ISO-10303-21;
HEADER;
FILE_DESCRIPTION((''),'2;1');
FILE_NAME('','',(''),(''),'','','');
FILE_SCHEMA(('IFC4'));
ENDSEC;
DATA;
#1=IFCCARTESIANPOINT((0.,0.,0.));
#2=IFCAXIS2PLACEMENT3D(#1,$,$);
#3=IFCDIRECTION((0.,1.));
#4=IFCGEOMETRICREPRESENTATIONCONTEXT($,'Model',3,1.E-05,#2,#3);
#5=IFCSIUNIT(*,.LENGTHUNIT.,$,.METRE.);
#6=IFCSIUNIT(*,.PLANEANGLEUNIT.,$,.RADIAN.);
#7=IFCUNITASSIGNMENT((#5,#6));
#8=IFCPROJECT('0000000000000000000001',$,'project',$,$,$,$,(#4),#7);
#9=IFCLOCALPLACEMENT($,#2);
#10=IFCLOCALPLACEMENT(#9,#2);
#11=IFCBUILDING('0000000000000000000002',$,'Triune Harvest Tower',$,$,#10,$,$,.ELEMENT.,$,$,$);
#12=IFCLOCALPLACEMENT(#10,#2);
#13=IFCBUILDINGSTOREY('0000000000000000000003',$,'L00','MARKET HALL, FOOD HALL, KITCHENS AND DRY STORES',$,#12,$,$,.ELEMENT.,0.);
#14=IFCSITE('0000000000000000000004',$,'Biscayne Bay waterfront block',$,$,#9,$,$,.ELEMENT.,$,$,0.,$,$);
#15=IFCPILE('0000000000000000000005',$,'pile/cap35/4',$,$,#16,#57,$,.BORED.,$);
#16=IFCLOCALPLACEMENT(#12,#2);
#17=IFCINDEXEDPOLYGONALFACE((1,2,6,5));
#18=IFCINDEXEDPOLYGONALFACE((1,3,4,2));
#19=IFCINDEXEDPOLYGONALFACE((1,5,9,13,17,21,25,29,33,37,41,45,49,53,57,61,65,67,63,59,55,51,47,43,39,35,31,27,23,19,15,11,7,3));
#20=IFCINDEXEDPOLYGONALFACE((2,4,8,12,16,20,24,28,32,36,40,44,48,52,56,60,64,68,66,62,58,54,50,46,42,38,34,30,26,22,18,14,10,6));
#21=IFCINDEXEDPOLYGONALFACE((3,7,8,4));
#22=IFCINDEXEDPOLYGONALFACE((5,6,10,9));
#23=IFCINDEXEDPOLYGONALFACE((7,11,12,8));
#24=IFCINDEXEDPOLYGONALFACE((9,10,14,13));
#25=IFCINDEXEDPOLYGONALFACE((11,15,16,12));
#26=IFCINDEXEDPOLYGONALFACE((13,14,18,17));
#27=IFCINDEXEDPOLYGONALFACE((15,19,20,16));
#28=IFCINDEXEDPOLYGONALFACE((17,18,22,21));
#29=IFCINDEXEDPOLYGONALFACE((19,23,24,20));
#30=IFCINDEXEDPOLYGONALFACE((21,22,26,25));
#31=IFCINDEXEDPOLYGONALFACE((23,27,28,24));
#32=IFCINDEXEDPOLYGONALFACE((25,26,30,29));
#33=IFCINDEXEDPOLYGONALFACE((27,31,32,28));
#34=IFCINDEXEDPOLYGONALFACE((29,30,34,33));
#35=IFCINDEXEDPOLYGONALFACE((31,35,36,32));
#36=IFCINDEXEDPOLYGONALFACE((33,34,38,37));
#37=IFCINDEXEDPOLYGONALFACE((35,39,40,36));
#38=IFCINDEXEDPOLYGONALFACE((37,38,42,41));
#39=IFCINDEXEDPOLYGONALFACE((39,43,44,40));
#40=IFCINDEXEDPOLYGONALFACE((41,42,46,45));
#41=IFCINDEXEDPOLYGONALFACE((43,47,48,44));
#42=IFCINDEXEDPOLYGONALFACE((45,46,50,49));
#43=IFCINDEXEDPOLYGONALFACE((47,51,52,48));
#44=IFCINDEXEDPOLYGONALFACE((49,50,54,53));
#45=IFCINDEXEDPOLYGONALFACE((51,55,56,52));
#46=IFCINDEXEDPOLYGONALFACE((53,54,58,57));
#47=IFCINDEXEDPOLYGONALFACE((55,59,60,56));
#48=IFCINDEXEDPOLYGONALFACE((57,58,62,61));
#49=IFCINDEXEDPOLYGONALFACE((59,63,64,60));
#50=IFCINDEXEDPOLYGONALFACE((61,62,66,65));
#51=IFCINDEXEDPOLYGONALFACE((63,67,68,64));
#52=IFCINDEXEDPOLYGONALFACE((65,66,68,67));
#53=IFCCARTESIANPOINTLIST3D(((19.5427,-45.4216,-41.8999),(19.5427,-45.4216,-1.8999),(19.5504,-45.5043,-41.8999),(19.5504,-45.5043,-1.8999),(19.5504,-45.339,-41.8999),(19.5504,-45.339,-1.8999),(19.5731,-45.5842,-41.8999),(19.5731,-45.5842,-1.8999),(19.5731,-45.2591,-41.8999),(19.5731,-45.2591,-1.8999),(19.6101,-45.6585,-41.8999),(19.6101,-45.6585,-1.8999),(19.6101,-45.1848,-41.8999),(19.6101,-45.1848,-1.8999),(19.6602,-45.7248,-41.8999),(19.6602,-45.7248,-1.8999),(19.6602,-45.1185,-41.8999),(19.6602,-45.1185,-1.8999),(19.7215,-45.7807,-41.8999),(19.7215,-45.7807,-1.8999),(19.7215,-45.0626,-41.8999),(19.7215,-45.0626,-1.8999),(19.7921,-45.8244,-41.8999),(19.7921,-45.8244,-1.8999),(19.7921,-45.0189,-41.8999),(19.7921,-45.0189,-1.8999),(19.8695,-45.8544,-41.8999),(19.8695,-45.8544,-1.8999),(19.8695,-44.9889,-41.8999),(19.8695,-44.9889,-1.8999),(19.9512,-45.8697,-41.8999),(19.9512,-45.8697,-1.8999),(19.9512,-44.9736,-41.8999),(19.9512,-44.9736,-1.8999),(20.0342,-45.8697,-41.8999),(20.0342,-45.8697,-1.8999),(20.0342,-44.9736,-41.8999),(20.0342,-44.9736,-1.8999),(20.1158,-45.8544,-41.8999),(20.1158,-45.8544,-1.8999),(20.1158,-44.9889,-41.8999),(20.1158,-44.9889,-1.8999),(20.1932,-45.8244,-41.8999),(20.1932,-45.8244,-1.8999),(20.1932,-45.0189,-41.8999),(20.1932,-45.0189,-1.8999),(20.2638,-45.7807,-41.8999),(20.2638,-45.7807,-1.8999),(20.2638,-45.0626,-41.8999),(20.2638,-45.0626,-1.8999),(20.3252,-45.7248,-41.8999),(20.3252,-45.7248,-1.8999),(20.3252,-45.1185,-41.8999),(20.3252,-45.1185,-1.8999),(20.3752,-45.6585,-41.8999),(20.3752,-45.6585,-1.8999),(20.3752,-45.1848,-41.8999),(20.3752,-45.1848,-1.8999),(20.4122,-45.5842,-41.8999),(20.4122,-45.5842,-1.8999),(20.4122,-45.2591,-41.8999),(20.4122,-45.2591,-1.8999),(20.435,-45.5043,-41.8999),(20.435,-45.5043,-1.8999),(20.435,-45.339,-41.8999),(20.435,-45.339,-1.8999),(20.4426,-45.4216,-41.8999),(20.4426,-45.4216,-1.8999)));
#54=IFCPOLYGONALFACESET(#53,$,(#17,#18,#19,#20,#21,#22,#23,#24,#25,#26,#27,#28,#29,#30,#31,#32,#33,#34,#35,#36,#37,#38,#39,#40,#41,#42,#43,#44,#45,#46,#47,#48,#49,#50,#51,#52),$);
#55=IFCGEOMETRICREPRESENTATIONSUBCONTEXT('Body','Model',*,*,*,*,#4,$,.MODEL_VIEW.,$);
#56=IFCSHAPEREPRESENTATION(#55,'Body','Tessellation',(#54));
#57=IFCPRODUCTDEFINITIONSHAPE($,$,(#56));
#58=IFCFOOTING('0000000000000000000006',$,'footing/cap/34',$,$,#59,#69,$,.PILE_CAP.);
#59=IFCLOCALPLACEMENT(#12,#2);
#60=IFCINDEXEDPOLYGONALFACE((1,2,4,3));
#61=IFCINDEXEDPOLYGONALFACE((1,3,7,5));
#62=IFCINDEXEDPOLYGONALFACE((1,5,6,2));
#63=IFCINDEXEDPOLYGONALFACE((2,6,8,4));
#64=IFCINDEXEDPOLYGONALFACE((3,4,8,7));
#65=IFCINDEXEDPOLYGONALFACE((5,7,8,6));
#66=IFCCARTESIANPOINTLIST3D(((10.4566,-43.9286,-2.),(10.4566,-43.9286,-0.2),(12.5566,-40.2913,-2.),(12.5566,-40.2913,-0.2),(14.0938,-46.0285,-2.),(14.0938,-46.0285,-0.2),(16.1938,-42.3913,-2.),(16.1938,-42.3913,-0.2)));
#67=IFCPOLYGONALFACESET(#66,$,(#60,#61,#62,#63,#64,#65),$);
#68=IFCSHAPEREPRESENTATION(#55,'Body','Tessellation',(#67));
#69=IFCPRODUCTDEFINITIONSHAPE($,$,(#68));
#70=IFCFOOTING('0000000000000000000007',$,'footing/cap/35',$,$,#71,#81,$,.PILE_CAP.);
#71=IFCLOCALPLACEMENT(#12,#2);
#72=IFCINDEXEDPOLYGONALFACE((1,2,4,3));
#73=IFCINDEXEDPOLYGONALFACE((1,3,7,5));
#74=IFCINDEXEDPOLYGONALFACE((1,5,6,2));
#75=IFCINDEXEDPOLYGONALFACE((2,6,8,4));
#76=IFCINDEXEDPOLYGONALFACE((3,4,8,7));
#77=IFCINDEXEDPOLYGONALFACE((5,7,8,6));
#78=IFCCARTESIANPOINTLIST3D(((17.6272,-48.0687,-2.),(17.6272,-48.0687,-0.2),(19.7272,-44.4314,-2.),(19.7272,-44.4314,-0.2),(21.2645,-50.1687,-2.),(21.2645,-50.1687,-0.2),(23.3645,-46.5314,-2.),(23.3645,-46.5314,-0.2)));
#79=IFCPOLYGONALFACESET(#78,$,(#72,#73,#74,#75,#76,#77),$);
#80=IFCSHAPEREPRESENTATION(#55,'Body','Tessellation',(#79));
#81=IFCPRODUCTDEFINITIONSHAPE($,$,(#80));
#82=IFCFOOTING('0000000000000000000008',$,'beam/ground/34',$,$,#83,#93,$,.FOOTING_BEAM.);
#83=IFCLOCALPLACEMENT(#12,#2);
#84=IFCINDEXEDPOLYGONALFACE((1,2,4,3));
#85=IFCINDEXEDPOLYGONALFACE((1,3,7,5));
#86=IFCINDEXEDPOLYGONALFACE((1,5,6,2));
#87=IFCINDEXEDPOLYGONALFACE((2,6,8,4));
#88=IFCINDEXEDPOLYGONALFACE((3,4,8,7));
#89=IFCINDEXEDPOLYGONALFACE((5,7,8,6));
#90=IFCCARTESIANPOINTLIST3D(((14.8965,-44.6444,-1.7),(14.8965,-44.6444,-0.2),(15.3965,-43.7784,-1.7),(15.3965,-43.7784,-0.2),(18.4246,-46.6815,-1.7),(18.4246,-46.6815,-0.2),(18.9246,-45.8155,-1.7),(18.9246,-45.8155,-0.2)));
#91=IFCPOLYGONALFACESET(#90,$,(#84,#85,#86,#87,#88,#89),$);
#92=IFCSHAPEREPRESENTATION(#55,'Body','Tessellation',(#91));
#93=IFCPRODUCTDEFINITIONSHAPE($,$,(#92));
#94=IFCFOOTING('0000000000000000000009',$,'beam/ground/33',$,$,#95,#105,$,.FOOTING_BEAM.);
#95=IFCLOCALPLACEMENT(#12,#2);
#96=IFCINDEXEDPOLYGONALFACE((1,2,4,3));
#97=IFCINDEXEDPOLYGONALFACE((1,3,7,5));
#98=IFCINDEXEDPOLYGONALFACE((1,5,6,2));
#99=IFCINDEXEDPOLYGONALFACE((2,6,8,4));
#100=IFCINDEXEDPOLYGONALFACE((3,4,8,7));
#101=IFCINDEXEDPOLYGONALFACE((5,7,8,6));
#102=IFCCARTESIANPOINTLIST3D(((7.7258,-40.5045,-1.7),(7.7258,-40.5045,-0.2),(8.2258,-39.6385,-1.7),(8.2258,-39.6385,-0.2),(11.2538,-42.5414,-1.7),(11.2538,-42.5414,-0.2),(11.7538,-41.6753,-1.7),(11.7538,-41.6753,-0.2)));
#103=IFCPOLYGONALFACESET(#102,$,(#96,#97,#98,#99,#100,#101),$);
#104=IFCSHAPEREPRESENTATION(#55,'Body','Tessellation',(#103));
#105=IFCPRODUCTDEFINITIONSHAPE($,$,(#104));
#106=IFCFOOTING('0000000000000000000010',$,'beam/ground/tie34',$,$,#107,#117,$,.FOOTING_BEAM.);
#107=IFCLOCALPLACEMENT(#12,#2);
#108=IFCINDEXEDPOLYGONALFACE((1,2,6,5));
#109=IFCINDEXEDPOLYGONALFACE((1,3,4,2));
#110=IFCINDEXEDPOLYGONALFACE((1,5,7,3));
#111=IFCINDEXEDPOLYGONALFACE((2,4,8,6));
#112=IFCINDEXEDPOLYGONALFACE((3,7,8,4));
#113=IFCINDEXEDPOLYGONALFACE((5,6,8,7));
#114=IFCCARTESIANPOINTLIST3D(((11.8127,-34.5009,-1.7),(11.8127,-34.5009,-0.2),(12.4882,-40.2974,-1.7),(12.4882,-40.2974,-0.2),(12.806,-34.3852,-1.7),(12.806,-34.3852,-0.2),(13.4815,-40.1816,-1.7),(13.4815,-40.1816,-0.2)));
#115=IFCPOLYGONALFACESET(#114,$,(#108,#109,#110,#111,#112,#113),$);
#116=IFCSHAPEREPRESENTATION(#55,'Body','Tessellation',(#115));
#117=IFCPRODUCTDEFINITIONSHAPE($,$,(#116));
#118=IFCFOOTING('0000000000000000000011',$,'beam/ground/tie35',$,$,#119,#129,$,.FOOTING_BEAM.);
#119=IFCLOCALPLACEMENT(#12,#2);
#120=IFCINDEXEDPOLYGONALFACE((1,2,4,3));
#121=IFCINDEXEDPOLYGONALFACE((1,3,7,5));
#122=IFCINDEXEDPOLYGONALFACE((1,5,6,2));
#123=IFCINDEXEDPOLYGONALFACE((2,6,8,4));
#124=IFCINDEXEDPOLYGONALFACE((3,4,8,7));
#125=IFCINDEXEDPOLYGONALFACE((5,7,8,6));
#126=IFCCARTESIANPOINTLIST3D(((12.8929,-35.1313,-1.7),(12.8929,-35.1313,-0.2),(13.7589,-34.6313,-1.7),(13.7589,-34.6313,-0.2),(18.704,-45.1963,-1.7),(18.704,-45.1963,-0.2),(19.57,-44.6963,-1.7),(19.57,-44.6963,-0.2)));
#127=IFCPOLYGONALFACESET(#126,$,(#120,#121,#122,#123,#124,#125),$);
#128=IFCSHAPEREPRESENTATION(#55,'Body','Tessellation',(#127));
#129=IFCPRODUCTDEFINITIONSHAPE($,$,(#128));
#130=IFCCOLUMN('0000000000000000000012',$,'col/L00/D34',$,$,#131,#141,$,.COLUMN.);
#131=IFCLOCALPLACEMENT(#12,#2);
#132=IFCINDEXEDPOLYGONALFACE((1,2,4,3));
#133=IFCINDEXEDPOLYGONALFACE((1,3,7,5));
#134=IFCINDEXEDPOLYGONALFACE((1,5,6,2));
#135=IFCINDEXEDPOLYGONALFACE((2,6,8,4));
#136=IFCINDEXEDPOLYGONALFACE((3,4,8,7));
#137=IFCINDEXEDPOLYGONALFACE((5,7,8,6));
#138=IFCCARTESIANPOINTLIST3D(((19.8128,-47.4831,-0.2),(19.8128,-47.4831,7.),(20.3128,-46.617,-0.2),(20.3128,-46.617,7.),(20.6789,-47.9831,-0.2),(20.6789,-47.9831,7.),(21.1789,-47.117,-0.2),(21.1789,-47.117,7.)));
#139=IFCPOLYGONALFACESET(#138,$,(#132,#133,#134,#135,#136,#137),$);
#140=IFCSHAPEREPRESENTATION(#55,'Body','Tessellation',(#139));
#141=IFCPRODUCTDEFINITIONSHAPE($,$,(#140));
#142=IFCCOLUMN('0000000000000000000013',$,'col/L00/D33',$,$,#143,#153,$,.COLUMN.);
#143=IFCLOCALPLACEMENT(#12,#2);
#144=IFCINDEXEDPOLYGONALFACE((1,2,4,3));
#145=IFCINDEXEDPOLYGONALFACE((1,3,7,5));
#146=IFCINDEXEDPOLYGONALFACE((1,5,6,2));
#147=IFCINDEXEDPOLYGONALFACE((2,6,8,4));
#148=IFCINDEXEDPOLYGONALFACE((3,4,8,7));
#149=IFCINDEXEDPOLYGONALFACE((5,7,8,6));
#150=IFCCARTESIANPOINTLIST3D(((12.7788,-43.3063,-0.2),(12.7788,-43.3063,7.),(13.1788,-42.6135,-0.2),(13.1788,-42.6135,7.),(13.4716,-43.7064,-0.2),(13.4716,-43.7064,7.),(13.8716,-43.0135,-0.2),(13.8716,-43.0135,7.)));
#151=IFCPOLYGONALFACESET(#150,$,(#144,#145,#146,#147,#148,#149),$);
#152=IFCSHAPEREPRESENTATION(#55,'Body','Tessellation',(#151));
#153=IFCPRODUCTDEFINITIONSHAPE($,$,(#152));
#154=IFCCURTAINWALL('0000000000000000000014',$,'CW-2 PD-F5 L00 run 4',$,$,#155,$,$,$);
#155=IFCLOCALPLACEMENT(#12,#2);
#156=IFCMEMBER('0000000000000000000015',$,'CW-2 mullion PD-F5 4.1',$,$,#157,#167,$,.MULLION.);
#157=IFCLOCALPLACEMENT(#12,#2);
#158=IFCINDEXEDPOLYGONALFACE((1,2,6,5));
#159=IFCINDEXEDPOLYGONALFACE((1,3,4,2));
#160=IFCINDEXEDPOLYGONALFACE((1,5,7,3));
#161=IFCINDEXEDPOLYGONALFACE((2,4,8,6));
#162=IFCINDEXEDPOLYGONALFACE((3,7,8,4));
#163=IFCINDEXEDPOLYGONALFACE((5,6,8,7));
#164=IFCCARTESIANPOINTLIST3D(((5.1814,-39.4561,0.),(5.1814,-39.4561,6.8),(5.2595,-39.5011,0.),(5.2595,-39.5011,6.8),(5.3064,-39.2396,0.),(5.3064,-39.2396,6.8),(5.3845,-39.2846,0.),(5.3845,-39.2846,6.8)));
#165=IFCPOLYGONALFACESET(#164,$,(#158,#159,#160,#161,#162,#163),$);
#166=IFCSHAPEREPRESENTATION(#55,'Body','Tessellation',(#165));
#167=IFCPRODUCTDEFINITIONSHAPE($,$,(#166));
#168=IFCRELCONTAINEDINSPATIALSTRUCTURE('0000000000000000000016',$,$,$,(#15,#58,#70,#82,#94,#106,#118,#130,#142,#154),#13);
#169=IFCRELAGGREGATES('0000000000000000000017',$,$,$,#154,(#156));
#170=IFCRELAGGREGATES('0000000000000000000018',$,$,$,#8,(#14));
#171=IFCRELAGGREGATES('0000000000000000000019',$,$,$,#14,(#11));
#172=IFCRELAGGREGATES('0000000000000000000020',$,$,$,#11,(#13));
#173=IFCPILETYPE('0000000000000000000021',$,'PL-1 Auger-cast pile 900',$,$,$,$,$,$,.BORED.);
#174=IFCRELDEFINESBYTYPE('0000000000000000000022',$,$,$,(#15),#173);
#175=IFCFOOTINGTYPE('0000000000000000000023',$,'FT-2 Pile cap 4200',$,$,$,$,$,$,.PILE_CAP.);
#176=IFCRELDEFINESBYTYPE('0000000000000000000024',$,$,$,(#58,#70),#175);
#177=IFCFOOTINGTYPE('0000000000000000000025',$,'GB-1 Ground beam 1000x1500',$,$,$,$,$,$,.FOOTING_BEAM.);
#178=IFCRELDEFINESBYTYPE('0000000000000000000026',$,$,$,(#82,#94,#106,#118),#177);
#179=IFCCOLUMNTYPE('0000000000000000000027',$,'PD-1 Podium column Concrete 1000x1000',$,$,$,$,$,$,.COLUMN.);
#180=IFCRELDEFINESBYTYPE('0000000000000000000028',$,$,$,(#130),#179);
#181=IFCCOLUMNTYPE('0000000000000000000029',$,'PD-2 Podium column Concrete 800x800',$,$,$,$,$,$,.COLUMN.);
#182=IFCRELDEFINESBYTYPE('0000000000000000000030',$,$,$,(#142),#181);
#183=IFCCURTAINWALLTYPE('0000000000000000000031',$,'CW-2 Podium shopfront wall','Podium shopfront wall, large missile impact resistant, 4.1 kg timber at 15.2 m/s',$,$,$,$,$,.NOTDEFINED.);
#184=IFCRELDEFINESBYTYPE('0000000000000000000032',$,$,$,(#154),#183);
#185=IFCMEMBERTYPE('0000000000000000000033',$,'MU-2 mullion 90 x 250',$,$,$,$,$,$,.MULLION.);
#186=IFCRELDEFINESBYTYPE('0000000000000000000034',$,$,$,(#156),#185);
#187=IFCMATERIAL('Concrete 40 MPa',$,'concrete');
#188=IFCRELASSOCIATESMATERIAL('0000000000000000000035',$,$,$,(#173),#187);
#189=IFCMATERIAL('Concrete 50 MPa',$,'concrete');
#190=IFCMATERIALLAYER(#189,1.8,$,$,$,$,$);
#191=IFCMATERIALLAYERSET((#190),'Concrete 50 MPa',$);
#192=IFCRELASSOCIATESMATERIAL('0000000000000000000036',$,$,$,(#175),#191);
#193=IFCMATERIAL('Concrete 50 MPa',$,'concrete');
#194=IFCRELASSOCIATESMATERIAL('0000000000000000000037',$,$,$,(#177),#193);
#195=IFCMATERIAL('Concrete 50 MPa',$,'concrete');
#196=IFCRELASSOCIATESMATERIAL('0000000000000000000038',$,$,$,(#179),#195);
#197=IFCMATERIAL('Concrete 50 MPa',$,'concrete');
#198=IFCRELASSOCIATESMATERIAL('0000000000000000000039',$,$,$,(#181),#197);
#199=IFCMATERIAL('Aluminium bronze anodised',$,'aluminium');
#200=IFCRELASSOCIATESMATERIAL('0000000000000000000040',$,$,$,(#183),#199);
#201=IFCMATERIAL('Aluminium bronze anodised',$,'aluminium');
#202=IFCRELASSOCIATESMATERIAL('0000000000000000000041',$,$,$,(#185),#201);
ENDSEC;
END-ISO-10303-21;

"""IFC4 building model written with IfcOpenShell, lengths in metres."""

from ifc_helpers import new_model, si_unit, direction, frame, origin, origin_2d, place, context, subcontext, project, spatial, rectangle, circle, extrude, source, transform, mapped, material, layer, layer_set, material_profile, profile_set, type_object, element, aggregate, save


model = new_model("IFC4")

# Units and contexts
model_context = context("Model", 3, precision=1e-05, world=origin(), true_north=direction((0.0, 1.0)))
body_context = subcontext(model_context, "Body", "Model", "MODEL_VIEW")
ifc_project = project(units=[si_unit("LENGTHUNIT", "METRE"), si_unit("PLANEANGLEUNIT", "RADIAN")], contexts=[model_context])

# Site, building, storey
site_placement = place(None, origin())
site = spatial("IfcSite", under=ifc_project, at=site_placement, Name="Biscayne Bay waterfront block", CompositionType="ELEMENT", RefElevation=0.0)
building_placement = place(site_placement, origin())
building = spatial("IfcBuilding", under=site, at=building_placement, Name="Triune Harvest Tower", CompositionType="ELEMENT")
storey_placement = place(building_placement, origin())
storey = spatial("IfcBuildingStorey", under=building, at=storey_placement, Name="L00", Description="MARKET HALL, FOOD HALL, KITCHENS AND DRY STORES", CompositionType="ELEMENT", Elevation=0.0)

# Pile
ifc_material_1 = material(Name="Concrete 40 MPa", Category="concrete")
ifc_material_profile_1 = material_profile(ifc_material_1, circle(Radius=0.45, at=origin_2d()), Name="Bored 900")
ifc_profile_set_1 = profile_set([ifc_material_profile_1], Name="Concrete 40 MPa")
pile_type = type_object("IfcPileType", Name="PL-1 Auger-cast pile 900", PredefinedType="BORED", material=ifc_profile_set_1)
shared_shape_1 = source(origin(), body_context, "Body", "SweptSolid", [
    extrude(circle(Radius=0.45, at=origin_2d()), origin(), (0.0, 0.0, 1.0), 40.0),
])
for number, where, z_axis, x_axis, name in (
    (1, (19.9927, -45.4216, -1.8999), (0.0, 0.0, -1.0), (1.0, 0.0, 0.0), "pile/cap35/4"),
):
    element("IfcPile", number, at=place(storey_placement, frame(where, z_axis=z_axis, x_axis=x_axis)), inside=storey, type_object=pile_type, Name=name, PredefinedType="BORED", context=body_context, shape_type="MappedRepresentation", body=[
        mapped(shared_shape_1, transform((0.0, 0.0, 0.0), scale=1.0)),
    ])

# Footings
ifc_material_2 = material(Name="Concrete 50 MPa", Category="concrete")
ifc_layer_1 = layer(ifc_material_2, 1.8)
ifc_layer_set_1 = layer_set([ifc_layer_1], Name="Concrete 50 MPa")
footing_type_1 = type_object("IfcFootingType", Name="FT-2 Pile cap 4200", PredefinedType="PILE_CAP", material=ifc_layer_set_1)
shared_shape_2 = source(origin(), body_context, "Body", "SweptSolid", [
    extrude(rectangle(XDim=4.2, YDim=4.2, at=origin_2d()), origin(), (0.0, 0.0, 1.0), 1.8),
])
for number, where, z_axis, x_axis, name in (
    (2, (13.3252, -43.1599, -2.0), (0.0, 0.0, 1.0), (0.866025, -0.5, 0.0), "footing/cap/34"),
    (3, (20.4958, -47.3, -2.0), (0.0, 0.0, 1.0), (0.866025, -0.5, 0.0), "footing/cap/35"),
):
    element("IfcFooting", number, at=place(storey_placement, frame(where, z_axis=z_axis, x_axis=x_axis)), inside=storey, type_object=footing_type_1, Name=name, PredefinedType="PILE_CAP", context=body_context, shape_type="MappedRepresentation", body=[
        mapped(shared_shape_2, transform((0.0, 0.0, 0.0), scale=1.0)),
    ])
ifc_material_3 = material(Name="Concrete 50 MPa", Category="concrete")
ifc_material_profile_2 = material_profile(ifc_material_3, rectangle(XDim=1.0, YDim=1.5, at=origin_2d()), Name="Concrete 1000x1500")
ifc_profile_set_2 = profile_set([ifc_material_profile_2], Name="Concrete 50 MPa")
footing_type_2 = type_object("IfcFootingType", Name="GB-1 Ground beam 1000x1500", PredefinedType="FOOTING_BEAM", material=ifc_profile_set_2)
shared_shape_3 = source(origin(), body_context, "Body", "SweptSolid", [
    extrude(rectangle(XDim=1.0, YDim=1.5, at=origin_2d()), origin(), (0.0, 0.0, 1.0), 4.074),
])
footing_1_placement = place(storey_placement, frame((15.1465, -44.2114, -0.95), z_axis=(0.866007, -0.500032, 0.0), x_axis=(0.500032, 0.866007, 0.0)))
element("IfcFooting", 4, at=footing_1_placement, inside=storey, type_object=footing_type_2, Name="beam/ground/34", PredefinedType="FOOTING_BEAM", context=body_context, shape_type="MappedRepresentation", body=[
    mapped(shared_shape_3, transform((0.0, 0.0, 0.0), scale=1.0)),
])
shared_shape_4 = source(origin(), body_context, "Body", "SweptSolid", [
    extrude(rectangle(XDim=1.0, YDim=1.5, at=origin_2d()), origin(), (0.0, 0.0, 1.0), 4.0737),
])
footing_2_placement = place(storey_placement, frame((7.9758, -40.0715, -0.95), z_axis=(0.866033, -0.499987, 0.0), x_axis=(0.499987, 0.866033, 0.0)))
element("IfcFooting", 5, at=footing_2_placement, inside=storey, type_object=footing_type_2, Name="beam/ground/33", PredefinedType="FOOTING_BEAM", context=body_context, shape_type="MappedRepresentation", body=[
    mapped(shared_shape_4, transform((0.0, 0.0, 0.0), scale=1.0)),
])
shared_shape_5 = source(origin(), body_context, "Body", "SweptSolid", [
    extrude(rectangle(XDim=1.0, YDim=1.5, at=origin_2d()), origin(), (0.0, 0.0, 1.0), 5.8357),
])
footing_3_placement = place(storey_placement, frame((12.9849, -40.2395, -0.95), z_axis=(-0.115761, 0.993277, 0.0), x_axis=(-0.993277, -0.115761, 0.0)))
element("IfcFooting", 6, at=footing_3_placement, inside=storey, type_object=footing_type_2, Name="beam/ground/tie34", PredefinedType="FOOTING_BEAM", context=body_context, shape_type="MappedRepresentation", body=[
    mapped(shared_shape_5, transform((0.0, 0.0, 0.0), scale=1.0)),
])
shared_shape_6 = source(origin(), body_context, "Body", "SweptSolid", [
    extrude(rectangle(XDim=1.0, YDim=1.5, at=origin_2d()), origin(), (0.0, 0.0, 1.0), 11.6221),
])
footing_4_placement = place(storey_placement, frame((19.137, -44.9463, -0.95), z_axis=(-0.500002, 0.866024, 0.0), x_axis=(-0.866024, -0.500002, 0.0)))
element("IfcFooting", 7, at=footing_4_placement, inside=storey, type_object=footing_type_2, Name="beam/ground/tie35", PredefinedType="FOOTING_BEAM", context=body_context, shape_type="MappedRepresentation", body=[
    mapped(shared_shape_6, transform((0.0, 0.0, 0.0), scale=1.0)),
])

# Columns
ifc_material_4 = material(Name="Concrete 50 MPa", Category="concrete")
ifc_material_profile_3 = material_profile(ifc_material_4, rectangle(XDim=1.0, YDim=1.0, at=origin_2d()), Name="Concrete 1000x1000")
ifc_profile_set_3 = profile_set([ifc_material_profile_3], Name="Concrete 50 MPa")
column_type_1 = type_object("IfcColumnType", Name="PD-1 Podium column Concrete 1000x1000", PredefinedType="COLUMN", material=ifc_profile_set_3)
shared_shape_7 = source(origin(), body_context, "Body", "SweptSolid", [
    extrude(rectangle(XDim=1.0, YDim=1.0, at=origin_2d()), origin(), (0.0, 0.0, 1.0), 7.2),
])
column_1_placement = place(storey_placement, frame((20.4958, -47.3, -0.2), z_axis=(0.0, 0.0, 1.0), x_axis=(0.866025, -0.5, 0.0)))
element("IfcColumn", 8, at=column_1_placement, inside=storey, type_object=column_type_1, Name="col/L00/D34", PredefinedType="COLUMN", context=body_context, shape_type="MappedRepresentation", body=[
    mapped(shared_shape_7, transform((0.0, 0.0, 0.0), scale=1.0)),
])
ifc_material_5 = material(Name="Concrete 50 MPa", Category="concrete")
ifc_material_profile_4 = material_profile(ifc_material_5, rectangle(XDim=0.8, YDim=0.8, at=origin_2d()), Name="Concrete 800x800")
ifc_profile_set_4 = profile_set([ifc_material_profile_4], Name="Concrete 50 MPa")
column_type_2 = type_object("IfcColumnType", Name="PD-2 Podium column Concrete 800x800", PredefinedType="COLUMN", material=ifc_profile_set_4)
shared_shape_8 = source(origin(), body_context, "Body", "SweptSolid", [
    extrude(rectangle(XDim=0.8, YDim=0.8, at=origin_2d()), origin(), (0.0, 0.0, 1.0), 7.2),
])
column_2_placement = place(storey_placement, frame((13.3252, -43.1599, -0.2), z_axis=(0.0, 0.0, 1.0), x_axis=(0.866025, -0.5, 0.0)))
element("IfcColumn", 9, at=column_2_placement, inside=storey, type_object=column_type_2, Name="col/L00/D33", PredefinedType="COLUMN", context=body_context, shape_type="MappedRepresentation", body=[
    mapped(shared_shape_8, transform((0.0, 0.0, 0.0), scale=1.0)),
])

# Curtain wall, member
ifc_material_6 = material(Name="Aluminium bronze anodised", Category="aluminium")
curtain_wall_type = type_object("IfcCurtainWallType", Name="CW-2 Podium shopfront wall", Description="Podium shopfront wall, large missile impact resistant, 4.1 kg timber at 15.2 m/s", PredefinedType="NOTDEFINED", material=ifc_material_6)
curtain_wall_1_placement = place(storey_placement, origin())
curtain_wall_1 = element("IfcCurtainWall", 10, at=curtain_wall_1_placement, inside=storey, type_object=curtain_wall_type, Name="CW-2 PD-F5 L00 run 4")
ifc_material_7 = material(Name="Aluminium bronze anodised", Category="aluminium")
ifc_material_profile_5 = material_profile(ifc_material_7, rectangle(XDim=0.25, YDim=0.0901, at=origin_2d()), Name="MU-2 mullion 90 x 250")
ifc_profile_set_5 = profile_set([ifc_material_profile_5], Name="Aluminium bronze anodised")
member_type_1 = type_object("IfcMemberType", Name="MU-2 mullion 90 x 250", PredefinedType="MULLION", material=ifc_profile_set_5)
shared_shape_9 = source(origin(), body_context, "Body", "SweptSolid", [
    extrude(rectangle(XDim=0.25, YDim=0.0901, at=origin_2d()), origin(), (0.0, 0.0, 1.0), 6.8),
])
member_1_placement = place(storey_placement, frame((5.283, -39.3704, 0.0), z_axis=(0.0, 0.0, 1.0), x_axis=(0.5, 0.866025, 0.0)))
member_1 = element("IfcMember", 11, at=member_1_placement, type_object=member_type_1, Name="CW-2 mullion PD-F5 4.1", PredefinedType="MULLION", context=body_context, shape_type="MappedRepresentation", body=[
    mapped(shared_shape_9, transform((0.0, 0.0, 0.0), scale=1.0)),
])

aggregate(curtain_wall_1, [member_1])

save(model, "model.ifc")
